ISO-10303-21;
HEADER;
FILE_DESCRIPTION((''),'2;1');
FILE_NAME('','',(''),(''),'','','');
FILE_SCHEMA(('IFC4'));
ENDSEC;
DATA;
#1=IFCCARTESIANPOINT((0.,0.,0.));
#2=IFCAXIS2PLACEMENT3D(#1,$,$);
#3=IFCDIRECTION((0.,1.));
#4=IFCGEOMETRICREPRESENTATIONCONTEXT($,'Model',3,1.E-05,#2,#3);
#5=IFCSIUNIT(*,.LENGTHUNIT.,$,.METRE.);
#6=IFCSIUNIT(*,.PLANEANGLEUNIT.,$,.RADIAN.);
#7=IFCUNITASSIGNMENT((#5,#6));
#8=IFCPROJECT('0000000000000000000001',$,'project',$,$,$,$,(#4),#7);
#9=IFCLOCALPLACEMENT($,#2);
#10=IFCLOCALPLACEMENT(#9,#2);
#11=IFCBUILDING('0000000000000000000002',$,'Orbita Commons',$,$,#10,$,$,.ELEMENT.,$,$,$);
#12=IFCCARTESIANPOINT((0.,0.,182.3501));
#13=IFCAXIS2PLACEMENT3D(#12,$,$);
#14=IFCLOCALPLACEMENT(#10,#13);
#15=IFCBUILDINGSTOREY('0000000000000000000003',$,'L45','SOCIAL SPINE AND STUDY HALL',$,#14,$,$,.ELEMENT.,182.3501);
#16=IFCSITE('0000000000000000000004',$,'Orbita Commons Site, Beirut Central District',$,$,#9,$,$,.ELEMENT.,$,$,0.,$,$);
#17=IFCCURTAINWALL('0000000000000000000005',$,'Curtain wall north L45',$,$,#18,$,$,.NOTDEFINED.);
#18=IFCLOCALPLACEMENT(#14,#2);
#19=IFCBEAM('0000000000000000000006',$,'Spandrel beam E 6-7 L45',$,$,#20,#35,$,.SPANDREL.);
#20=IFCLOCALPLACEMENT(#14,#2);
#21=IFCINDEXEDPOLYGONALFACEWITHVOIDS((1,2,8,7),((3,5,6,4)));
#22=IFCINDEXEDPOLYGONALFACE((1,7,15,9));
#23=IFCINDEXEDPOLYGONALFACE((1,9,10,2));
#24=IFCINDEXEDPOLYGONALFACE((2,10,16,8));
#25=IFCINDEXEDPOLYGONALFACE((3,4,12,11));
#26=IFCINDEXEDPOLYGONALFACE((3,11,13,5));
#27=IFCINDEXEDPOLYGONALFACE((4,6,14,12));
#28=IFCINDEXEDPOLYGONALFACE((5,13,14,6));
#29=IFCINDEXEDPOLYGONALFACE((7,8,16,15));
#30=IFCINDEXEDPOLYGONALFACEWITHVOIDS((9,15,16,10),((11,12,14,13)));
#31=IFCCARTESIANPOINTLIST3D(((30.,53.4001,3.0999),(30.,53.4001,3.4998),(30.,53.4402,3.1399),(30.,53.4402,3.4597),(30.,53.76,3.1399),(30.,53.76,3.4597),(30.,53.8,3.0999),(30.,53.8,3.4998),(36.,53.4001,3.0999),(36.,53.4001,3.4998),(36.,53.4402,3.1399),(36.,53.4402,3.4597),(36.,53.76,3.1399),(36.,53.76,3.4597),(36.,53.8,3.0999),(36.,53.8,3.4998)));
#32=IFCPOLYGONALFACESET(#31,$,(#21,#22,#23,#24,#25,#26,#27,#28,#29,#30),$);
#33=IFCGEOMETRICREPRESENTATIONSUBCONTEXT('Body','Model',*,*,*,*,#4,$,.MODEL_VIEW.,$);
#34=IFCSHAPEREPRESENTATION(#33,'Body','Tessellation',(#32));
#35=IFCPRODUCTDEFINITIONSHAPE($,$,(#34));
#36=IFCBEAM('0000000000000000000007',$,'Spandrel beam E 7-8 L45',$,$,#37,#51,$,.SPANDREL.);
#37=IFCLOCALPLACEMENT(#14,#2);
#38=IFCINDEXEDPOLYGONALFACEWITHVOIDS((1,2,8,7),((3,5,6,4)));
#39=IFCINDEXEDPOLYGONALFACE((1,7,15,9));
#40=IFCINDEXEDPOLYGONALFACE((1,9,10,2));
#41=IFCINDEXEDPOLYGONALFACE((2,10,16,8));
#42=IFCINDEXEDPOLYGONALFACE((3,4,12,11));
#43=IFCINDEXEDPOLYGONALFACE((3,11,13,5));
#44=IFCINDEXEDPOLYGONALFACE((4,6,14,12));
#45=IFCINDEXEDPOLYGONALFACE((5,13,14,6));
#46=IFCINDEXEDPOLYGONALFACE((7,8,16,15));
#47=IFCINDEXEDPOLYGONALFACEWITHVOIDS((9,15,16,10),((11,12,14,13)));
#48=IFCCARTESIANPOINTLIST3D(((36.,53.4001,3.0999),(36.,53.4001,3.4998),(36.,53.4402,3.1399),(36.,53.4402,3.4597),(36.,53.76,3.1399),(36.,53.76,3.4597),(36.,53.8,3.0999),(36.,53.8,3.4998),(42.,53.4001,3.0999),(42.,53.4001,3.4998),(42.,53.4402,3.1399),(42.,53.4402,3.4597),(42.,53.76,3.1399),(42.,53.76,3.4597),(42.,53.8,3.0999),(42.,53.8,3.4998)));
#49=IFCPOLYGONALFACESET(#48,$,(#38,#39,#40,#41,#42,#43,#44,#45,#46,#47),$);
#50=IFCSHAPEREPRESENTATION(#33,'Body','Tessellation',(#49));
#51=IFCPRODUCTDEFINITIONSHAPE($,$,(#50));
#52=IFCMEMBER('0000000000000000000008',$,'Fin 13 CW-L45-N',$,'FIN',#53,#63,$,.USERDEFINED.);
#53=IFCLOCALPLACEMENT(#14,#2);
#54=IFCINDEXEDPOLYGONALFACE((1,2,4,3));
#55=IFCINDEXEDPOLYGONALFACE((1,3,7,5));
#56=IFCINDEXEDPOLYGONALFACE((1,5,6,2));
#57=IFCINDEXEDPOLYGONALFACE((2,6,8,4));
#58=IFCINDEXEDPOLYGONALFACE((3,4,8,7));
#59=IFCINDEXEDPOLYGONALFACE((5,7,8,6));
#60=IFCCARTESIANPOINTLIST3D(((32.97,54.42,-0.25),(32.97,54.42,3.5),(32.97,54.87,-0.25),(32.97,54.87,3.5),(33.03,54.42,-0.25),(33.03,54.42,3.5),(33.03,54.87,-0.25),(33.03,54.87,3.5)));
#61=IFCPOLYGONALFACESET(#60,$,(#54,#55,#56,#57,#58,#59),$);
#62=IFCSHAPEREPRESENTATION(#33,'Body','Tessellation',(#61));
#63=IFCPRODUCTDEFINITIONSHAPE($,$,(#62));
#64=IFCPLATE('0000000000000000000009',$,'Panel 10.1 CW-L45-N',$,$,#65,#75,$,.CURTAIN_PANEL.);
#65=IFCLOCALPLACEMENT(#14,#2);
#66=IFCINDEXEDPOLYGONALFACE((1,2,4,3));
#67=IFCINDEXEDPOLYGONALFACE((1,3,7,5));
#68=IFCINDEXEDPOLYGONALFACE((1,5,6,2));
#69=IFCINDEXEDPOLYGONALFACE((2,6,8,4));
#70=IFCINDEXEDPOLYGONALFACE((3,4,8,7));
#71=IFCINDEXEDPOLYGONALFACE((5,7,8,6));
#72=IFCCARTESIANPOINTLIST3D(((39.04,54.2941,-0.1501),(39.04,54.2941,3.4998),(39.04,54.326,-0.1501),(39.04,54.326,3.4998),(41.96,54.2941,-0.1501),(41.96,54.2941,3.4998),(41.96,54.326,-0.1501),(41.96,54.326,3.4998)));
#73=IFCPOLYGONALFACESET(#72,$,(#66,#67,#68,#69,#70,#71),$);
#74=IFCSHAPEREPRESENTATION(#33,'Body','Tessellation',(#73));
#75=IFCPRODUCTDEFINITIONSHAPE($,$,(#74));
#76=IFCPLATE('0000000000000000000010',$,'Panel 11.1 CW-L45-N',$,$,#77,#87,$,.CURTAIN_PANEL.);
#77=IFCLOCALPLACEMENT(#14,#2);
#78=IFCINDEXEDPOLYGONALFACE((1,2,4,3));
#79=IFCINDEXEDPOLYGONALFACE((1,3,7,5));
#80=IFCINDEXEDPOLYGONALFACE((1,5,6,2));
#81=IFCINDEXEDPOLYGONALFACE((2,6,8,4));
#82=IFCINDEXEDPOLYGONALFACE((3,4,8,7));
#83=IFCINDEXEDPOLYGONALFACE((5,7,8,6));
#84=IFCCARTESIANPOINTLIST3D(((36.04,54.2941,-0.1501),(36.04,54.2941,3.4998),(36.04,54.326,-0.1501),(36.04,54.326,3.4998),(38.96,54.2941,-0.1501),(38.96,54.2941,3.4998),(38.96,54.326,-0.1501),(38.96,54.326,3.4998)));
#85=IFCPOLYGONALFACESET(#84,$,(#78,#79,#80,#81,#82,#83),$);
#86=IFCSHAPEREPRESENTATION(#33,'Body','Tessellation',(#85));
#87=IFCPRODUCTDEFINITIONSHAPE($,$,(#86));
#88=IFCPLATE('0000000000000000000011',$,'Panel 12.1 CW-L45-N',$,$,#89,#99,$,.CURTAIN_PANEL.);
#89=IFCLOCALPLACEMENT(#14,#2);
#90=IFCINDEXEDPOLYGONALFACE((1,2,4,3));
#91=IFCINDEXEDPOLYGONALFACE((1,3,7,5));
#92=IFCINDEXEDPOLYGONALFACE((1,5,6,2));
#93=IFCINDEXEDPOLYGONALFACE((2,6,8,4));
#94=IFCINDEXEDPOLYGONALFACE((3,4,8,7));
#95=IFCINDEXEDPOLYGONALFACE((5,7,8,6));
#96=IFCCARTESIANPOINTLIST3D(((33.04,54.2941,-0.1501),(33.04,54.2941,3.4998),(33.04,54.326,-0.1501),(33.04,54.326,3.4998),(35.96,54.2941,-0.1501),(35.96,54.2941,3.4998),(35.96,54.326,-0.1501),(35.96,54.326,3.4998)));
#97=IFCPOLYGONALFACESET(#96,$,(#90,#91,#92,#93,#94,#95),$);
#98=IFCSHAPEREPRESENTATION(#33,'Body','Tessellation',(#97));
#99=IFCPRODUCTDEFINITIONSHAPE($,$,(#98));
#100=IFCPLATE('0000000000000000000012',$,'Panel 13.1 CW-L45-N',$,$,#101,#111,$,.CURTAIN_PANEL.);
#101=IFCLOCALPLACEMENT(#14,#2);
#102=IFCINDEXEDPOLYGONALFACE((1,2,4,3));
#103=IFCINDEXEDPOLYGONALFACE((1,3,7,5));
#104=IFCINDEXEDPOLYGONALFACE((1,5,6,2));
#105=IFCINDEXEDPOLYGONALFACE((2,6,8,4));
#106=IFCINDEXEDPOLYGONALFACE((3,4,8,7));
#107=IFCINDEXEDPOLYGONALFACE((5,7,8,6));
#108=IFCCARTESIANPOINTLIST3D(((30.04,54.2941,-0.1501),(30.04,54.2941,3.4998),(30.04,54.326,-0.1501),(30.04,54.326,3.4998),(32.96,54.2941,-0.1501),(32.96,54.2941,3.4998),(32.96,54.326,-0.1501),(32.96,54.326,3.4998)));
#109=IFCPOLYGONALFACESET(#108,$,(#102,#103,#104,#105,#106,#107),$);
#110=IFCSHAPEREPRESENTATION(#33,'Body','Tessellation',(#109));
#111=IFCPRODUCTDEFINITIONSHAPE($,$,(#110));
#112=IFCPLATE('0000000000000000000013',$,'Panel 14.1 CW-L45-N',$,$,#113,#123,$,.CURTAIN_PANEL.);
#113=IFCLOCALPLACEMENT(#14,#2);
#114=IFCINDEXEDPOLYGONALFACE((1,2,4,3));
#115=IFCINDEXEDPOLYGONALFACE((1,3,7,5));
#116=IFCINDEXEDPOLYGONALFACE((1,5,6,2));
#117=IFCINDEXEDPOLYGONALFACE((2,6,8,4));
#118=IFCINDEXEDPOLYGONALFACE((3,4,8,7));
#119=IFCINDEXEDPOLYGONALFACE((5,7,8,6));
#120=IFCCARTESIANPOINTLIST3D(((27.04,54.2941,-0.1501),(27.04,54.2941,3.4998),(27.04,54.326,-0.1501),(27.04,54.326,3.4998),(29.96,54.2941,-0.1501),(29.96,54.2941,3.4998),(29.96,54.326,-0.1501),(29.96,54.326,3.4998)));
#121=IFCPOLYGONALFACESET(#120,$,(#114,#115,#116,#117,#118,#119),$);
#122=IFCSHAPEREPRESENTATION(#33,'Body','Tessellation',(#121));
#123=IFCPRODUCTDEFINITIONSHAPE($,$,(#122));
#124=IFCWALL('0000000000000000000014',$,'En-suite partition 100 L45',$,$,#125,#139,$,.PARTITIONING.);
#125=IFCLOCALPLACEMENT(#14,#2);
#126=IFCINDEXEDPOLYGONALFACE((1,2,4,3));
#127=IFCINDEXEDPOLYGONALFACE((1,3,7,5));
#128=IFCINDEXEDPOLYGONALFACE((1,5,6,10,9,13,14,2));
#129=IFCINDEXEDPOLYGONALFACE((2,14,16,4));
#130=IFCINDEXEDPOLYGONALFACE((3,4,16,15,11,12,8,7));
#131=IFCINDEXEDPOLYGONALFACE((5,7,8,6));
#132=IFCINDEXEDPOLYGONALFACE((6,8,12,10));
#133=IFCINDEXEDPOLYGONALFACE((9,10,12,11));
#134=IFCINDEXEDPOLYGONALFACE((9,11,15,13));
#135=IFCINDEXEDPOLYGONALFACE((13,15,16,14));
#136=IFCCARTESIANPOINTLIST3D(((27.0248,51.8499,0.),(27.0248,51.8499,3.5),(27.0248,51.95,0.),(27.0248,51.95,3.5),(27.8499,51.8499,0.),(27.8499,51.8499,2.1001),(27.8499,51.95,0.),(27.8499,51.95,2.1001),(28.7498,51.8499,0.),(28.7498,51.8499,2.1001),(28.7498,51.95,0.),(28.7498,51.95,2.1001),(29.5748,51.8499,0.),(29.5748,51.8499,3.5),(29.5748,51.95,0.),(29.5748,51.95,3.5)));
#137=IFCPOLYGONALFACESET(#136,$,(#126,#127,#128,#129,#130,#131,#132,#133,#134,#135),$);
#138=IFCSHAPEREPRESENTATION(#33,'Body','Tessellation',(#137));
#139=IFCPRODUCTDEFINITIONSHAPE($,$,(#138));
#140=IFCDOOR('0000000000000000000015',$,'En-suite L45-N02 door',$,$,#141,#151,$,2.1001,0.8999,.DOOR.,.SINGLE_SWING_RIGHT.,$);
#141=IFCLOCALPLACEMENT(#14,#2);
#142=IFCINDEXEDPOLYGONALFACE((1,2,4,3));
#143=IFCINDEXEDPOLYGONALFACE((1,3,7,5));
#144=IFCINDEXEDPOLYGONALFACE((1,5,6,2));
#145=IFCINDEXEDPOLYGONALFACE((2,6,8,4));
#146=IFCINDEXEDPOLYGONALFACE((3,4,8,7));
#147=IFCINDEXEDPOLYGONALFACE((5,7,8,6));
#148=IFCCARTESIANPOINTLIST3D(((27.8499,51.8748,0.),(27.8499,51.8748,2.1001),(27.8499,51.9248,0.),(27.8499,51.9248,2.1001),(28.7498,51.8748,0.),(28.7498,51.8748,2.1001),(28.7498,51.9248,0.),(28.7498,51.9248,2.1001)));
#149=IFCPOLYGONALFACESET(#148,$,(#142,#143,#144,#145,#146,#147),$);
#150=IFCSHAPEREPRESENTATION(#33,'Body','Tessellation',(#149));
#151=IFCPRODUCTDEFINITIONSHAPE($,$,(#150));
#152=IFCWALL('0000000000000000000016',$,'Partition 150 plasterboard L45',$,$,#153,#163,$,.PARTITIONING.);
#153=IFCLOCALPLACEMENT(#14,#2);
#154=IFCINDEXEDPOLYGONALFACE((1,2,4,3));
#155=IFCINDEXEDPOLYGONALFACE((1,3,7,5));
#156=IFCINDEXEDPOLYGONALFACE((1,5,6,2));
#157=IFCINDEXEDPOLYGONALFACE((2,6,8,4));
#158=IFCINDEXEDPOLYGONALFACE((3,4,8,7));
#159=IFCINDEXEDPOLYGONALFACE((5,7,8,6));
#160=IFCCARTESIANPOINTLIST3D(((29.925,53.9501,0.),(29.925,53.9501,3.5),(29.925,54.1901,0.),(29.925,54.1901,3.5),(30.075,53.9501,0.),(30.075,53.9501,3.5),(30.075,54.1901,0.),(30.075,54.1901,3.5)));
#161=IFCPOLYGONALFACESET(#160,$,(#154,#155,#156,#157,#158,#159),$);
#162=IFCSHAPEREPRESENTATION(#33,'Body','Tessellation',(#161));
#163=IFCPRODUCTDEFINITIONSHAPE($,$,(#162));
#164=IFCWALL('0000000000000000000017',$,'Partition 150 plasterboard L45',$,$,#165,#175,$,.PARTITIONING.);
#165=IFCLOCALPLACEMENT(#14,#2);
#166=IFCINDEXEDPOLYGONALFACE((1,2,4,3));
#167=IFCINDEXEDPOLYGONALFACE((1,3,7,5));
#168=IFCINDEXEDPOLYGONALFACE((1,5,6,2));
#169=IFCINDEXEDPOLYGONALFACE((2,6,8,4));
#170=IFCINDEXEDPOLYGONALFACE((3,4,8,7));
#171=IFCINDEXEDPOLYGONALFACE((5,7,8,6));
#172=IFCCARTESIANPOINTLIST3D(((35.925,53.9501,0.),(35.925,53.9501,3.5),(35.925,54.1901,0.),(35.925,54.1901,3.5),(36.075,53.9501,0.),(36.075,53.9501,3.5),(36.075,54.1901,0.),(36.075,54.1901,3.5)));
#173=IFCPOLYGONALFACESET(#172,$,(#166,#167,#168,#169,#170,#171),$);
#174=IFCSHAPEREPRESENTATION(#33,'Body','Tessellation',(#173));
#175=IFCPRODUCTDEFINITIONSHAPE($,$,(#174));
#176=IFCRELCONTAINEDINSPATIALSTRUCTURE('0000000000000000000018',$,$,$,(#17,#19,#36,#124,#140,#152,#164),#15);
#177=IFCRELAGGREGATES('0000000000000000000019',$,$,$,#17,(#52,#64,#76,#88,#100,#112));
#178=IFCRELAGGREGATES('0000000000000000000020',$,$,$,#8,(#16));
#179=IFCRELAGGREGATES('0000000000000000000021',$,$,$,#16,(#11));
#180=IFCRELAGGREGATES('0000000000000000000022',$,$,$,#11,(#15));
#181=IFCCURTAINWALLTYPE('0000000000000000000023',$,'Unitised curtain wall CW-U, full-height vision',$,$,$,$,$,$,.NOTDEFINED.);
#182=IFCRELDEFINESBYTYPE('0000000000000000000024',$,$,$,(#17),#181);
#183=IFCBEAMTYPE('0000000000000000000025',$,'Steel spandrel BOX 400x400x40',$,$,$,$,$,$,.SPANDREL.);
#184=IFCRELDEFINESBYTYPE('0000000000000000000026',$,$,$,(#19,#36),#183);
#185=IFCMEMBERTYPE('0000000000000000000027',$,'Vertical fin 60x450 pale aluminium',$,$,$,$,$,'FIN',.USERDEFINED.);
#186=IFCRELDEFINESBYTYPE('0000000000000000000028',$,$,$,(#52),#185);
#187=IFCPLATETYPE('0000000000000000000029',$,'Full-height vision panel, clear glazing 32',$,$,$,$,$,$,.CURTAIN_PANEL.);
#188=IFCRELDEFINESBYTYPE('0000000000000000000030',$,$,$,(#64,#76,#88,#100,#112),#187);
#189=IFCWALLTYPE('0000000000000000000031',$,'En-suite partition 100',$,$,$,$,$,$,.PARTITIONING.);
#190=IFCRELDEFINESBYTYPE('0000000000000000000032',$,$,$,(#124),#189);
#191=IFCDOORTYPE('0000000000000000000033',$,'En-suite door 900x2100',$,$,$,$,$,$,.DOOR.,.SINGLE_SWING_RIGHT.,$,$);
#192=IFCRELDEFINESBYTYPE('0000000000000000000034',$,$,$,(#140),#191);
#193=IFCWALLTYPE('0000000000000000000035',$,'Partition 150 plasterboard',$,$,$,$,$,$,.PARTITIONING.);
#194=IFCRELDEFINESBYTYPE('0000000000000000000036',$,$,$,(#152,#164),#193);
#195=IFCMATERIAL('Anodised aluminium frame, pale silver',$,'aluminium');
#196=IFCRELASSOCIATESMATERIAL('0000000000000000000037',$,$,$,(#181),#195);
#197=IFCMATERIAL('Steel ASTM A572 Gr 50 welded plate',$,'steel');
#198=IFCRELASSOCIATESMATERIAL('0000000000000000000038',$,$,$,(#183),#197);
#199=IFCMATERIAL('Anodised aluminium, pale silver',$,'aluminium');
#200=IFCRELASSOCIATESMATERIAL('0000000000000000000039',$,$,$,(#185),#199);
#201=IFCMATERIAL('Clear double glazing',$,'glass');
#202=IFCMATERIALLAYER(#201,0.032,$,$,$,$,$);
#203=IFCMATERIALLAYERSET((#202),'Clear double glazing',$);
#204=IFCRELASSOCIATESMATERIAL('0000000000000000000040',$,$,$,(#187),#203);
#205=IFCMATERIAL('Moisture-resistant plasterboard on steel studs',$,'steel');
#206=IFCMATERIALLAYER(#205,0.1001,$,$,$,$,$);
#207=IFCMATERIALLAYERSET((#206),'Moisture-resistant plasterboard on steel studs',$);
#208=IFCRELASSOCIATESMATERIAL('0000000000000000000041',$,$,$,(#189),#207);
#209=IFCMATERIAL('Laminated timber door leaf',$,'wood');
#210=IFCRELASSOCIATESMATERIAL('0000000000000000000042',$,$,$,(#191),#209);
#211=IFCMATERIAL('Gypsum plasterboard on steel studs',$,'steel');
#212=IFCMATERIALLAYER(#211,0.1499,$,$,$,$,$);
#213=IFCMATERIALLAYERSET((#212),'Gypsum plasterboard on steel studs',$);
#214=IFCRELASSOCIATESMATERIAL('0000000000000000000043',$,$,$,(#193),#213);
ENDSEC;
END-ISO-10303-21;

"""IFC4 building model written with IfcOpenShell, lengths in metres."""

from ifc_helpers import new_model, si_unit, direction, frame, frame_2d, origin, origin_2d, place, context, subcontext, project, spatial, rectangle, hollow_rectangle, extrude, material, layer, layer_set, material_profile, profile_set, type_object, element, fill, aggregate, save


model = new_model("IFC4")

# Units and contexts
model_context = context("Model", 3, precision=1e-05, world=origin(), true_north=direction((0.0, 1.0)))
body_context = subcontext(model_context, "Body", "Model", "MODEL_VIEW")
ifc_project = project(units=[si_unit("LENGTHUNIT", "METRE"), si_unit("PLANEANGLEUNIT", "RADIAN")], contexts=[model_context])

# Site, building, storey
site_placement = place(None, origin())
site = spatial("IfcSite", under=ifc_project, at=site_placement, Name="Orbita Commons Site, Beirut Central District", CompositionType="ELEMENT", RefElevation=0.0)
building_placement = place(site_placement, origin())
building = spatial("IfcBuilding", under=site, at=building_placement, Name="Orbita Commons", CompositionType="ELEMENT")
storey_placement = place(building_placement, frame((0.0, 0.0, 182.3501)))
storey = spatial("IfcBuildingStorey", under=building, at=storey_placement, Name="L45", Description="SOCIAL SPINE AND STUDY HALL", CompositionType="ELEMENT", Elevation=182.3501)

# Curtain wall
ifc_material_1 = material(Name="Anodised aluminium frame, pale silver", Category="aluminium")
curtain_wall_type = type_object("IfcCurtainWallType", Name="Unitised curtain wall CW-U, full-height vision", PredefinedType="NOTDEFINED", material=ifc_material_1)
curtain_wall_placement = place(storey_placement, origin())
curtain_wall = element("IfcCurtainWall", 1, at=curtain_wall_placement, inside=storey, type_object=curtain_wall_type, Name="Curtain wall north L45", PredefinedType="NOTDEFINED")

# Beams
ifc_material_2 = material(Name="Steel ASTM A572 Gr 50 welded plate", Category="steel")
ifc_material_profile_1 = material_profile(ifc_material_2, hollow_rectangle(XDim=0.3999, YDim=0.3999, WallThickness=0.04, at=origin_2d()), Name="BOX 400x400x40")
ifc_profile_set_1 = profile_set([ifc_material_profile_1], Name="Steel ASTM A572 Gr 50 welded plate")
beam_type = type_object("IfcBeamType", Name="Steel spandrel BOX 400x400x40", PredefinedType="SPANDREL", material=ifc_profile_set_1)
for number, where, z_axis, x_axis, name in (
    (2, (30.0, 53.6001, 3.2998), (1.0, 0.0, 0.0), (0.0, 1.0, 0.0), "Spandrel beam E 6-7 L45"),
    (3, (36.0, 53.6001, 3.2998), (1.0, 0.0, 0.0), (0.0, 1.0, 0.0), "Spandrel beam E 7-8 L45"),
):
    element("IfcBeam", number, at=place(storey_placement, frame(where, z_axis=z_axis, x_axis=x_axis)), inside=storey, type_object=beam_type, Name=name, PredefinedType="SPANDREL", context=body_context, shape_type="SweptSolid", body=[
        extrude(hollow_rectangle(XDim=0.3999, YDim=0.3999, WallThickness=0.04, at=origin_2d()), origin(), (0.0, 0.0, 1.0), 6.0),
    ])

# Member
ifc_material_3 = material(Name="Anodised aluminium, pale silver", Category="aluminium")
ifc_material_profile_2 = material_profile(ifc_material_3, rectangle(XDim=0.0601, YDim=0.45, at=origin_2d()), Name="FIN 60x450")
ifc_profile_set_2 = profile_set([ifc_material_profile_2], Name="Anodised aluminium, pale silver")
member_type_1 = type_object("IfcMemberType", Name="Vertical fin 60x450 pale aluminium", ElementType="FIN", PredefinedType="USERDEFINED", material=ifc_profile_set_2)
member_1_placement = place(storey_placement, frame((33.0, 54.645, -0.25), z_axis=(0.0, 0.0, 1.0), x_axis=(-1.0, 0.0, 0.0)))
member_1 = element("IfcMember", 4, at=member_1_placement, type_object=member_type_1, Name="Fin 13 CW-L45-N", ObjectType="FIN", PredefinedType="USERDEFINED", context=body_context, shape_type="SweptSolid", body=[
    extrude(rectangle(XDim=0.0601, YDim=0.45, at=origin_2d()), origin(), (0.0, 0.0, 1.0), 3.75),
])

# Plates
ifc_material_4 = material(Name="Clear double glazing", Category="glass")
ifc_layer_1 = layer(ifc_material_4, 0.032)
ifc_layer_set_1 = layer_set([ifc_layer_1], Name="Clear double glazing")
plate_type = type_object("IfcPlateType", Name="Full-height vision panel, clear glazing 32", PredefinedType="CURTAIN_PANEL", material=ifc_layer_set_1)
plate_1_placement = place(storey_placement, frame((40.5, 54.3101, -0.1501), z_axis=(0.0, 0.0, 1.0), x_axis=(-1.0, 0.0, 0.0)))
plate_1 = element("IfcPlate", 5, at=plate_1_placement, type_object=plate_type, Name="Panel 10.1 CW-L45-N", PredefinedType="CURTAIN_PANEL", context=body_context, shape_type="SweptSolid", body=[
    extrude(rectangle(XDim=2.9199, YDim=0.032, at=origin_2d()), origin(), (0.0, 0.0, 1.0), 3.6499),
])
plate_2_placement = place(storey_placement, frame((37.5, 54.3101, -0.1501), z_axis=(0.0, 0.0, 1.0), x_axis=(-1.0, 0.0, 0.0)))
plate_2 = element("IfcPlate", 6, at=plate_2_placement, type_object=plate_type, Name="Panel 11.1 CW-L45-N", PredefinedType="CURTAIN_PANEL", context=body_context, shape_type="SweptSolid", body=[
    extrude(rectangle(XDim=2.9199, YDim=0.032, at=origin_2d()), origin(), (0.0, 0.0, 1.0), 3.6499),
])
plate_3_placement = place(storey_placement, frame((34.5, 54.3101, -0.1501), z_axis=(0.0, 0.0, 1.0), x_axis=(-1.0, 0.0, 0.0)))
plate_3 = element("IfcPlate", 7, at=plate_3_placement, type_object=plate_type, Name="Panel 12.1 CW-L45-N", PredefinedType="CURTAIN_PANEL", context=body_context, shape_type="SweptSolid", body=[
    extrude(rectangle(XDim=2.9199, YDim=0.032, at=origin_2d()), origin(), (0.0, 0.0, 1.0), 3.6499),
])
plate_4_placement = place(storey_placement, frame((31.5, 54.3101, -0.1501), z_axis=(0.0, 0.0, 1.0), x_axis=(-1.0, 0.0, 0.0)))
plate_4 = element("IfcPlate", 8, at=plate_4_placement, type_object=plate_type, Name="Panel 13.1 CW-L45-N", PredefinedType="CURTAIN_PANEL", context=body_context, shape_type="SweptSolid", body=[
    extrude(rectangle(XDim=2.9199, YDim=0.032, at=origin_2d()), origin(), (0.0, 0.0, 1.0), 3.6499),
])
plate_5_placement = place(storey_placement, frame((28.5, 54.3101, -0.1501), z_axis=(0.0, 0.0, 1.0), x_axis=(-1.0, 0.0, 0.0)))
plate_5 = element("IfcPlate", 9, at=plate_5_placement, type_object=plate_type, Name="Panel 14.1 CW-L45-N", PredefinedType="CURTAIN_PANEL", context=body_context, shape_type="SweptSolid", body=[
    extrude(rectangle(XDim=2.9199, YDim=0.032, at=origin_2d()), origin(), (0.0, 0.0, 1.0), 3.6499),
])
aggregate(curtain_wall, [member_1, plate_1, plate_2, plate_3, plate_4, plate_5])

# Wall, opening, door
ifc_material_5 = material(Name="Moisture-resistant plasterboard on steel studs", Category="steel")
ifc_layer_2 = layer(ifc_material_5, 0.1001)
ifc_layer_set_2 = layer_set([ifc_layer_2], Name="Moisture-resistant plasterboard on steel studs")
wall_type_1 = type_object("IfcWallType", Name="En-suite partition 100", PredefinedType="PARTITIONING", material=ifc_layer_set_2)
wall_placement = place(storey_placement, frame((27.0249, 51.8999, 0.0), z_axis=(0.0, 0.0, 1.0), x_axis=(1.0, 0.0, 0.0)))
wall = element("IfcWall", 10, at=wall_placement, inside=storey, type_object=wall_type_1, Name="En-suite partition 100 L45", PredefinedType="PARTITIONING", context=body_context, shape_type="SweptSolid", body=[
    extrude(rectangle(XDim=2.55, YDim=0.1001, at=frame_2d((1.2749, 0.0))), origin(), (0.0, 0.0, 1.0), 3.5),
])
opening_placement = place(wall_placement, frame((0.825, 0.0, 0.0)))
opening = element("IfcOpeningElement", 11, at=opening_placement, cuts=wall, PredefinedType="OPENING", context=body_context, shape_type="SweptSolid", body=[
    extrude(rectangle(XDim=0.8999, YDim=2.1001, at=frame_2d((0.45, 1.05))), frame((0.0, 0.0601, 0.0), z_axis=(0.0, -1.0, 0.0), x_axis=(1.0, 0.0, 0.0)), (0.0, 0.0, 1.0), 0.1201),
])
ifc_material_6 = material(Name="Laminated timber door leaf", Category="wood")
door_type = type_object("IfcDoorType", Name="En-suite door 900x2100", OperationType="SINGLE_SWING_RIGHT", PredefinedType="DOOR", material=ifc_material_6)
door_placement = place(opening_placement, origin())
door = element("IfcDoor", 12, at=door_placement, inside=storey, type_object=door_type, Name="En-suite L45-N02 door", OperationType="SINGLE_SWING_RIGHT", OverallHeight=2.1001, OverallWidth=0.8999, PredefinedType="DOOR", context=body_context, shape_type="SweptSolid", body=[
    extrude(rectangle(XDim=0.8999, YDim=2.1001, at=frame_2d((0.45, 1.05))), frame((0.0, 0.0249, 0.0), z_axis=(0.0, -1.0, 0.0), x_axis=(1.0, 0.0, 0.0)), (0.0, 0.0, 1.0), 0.05),
])
fill(opening, door)

# Walls
ifc_material_7 = material(Name="Gypsum plasterboard on steel studs", Category="steel")
ifc_layer_3 = layer(ifc_material_7, 0.1499)
ifc_layer_set_3 = layer_set([ifc_layer_3], Name="Gypsum plasterboard on steel studs")
wall_type_2 = type_object("IfcWallType", Name="Partition 150 plasterboard", PredefinedType="PARTITIONING", material=ifc_layer_set_3)
for number, where, z_axis, x_axis, name in (
    (13, (30.0, 53.95, 0.0), (0.0, 0.0, 1.0), (0.0, 1.0, 0.0), "Partition 150 plasterboard L45"),
    (14, (36.0, 53.95, 0.0), (0.0, 0.0, 1.0), (0.0, 1.0, 0.0), "Partition 150 plasterboard L45"),
):
    element("IfcWall", number, at=place(storey_placement, frame(where, z_axis=z_axis, x_axis=x_axis)), inside=storey, type_object=wall_type_2, Name=name, PredefinedType="PARTITIONING", context=body_context, shape_type="SweptSolid", body=[
        extrude(rectangle(XDim=0.24, YDim=0.1499, at=frame_2d((0.1201, 0.0))), origin(), (0.0, 0.0, 1.0), 3.5),
    ])

save(model, "model.ifc")
